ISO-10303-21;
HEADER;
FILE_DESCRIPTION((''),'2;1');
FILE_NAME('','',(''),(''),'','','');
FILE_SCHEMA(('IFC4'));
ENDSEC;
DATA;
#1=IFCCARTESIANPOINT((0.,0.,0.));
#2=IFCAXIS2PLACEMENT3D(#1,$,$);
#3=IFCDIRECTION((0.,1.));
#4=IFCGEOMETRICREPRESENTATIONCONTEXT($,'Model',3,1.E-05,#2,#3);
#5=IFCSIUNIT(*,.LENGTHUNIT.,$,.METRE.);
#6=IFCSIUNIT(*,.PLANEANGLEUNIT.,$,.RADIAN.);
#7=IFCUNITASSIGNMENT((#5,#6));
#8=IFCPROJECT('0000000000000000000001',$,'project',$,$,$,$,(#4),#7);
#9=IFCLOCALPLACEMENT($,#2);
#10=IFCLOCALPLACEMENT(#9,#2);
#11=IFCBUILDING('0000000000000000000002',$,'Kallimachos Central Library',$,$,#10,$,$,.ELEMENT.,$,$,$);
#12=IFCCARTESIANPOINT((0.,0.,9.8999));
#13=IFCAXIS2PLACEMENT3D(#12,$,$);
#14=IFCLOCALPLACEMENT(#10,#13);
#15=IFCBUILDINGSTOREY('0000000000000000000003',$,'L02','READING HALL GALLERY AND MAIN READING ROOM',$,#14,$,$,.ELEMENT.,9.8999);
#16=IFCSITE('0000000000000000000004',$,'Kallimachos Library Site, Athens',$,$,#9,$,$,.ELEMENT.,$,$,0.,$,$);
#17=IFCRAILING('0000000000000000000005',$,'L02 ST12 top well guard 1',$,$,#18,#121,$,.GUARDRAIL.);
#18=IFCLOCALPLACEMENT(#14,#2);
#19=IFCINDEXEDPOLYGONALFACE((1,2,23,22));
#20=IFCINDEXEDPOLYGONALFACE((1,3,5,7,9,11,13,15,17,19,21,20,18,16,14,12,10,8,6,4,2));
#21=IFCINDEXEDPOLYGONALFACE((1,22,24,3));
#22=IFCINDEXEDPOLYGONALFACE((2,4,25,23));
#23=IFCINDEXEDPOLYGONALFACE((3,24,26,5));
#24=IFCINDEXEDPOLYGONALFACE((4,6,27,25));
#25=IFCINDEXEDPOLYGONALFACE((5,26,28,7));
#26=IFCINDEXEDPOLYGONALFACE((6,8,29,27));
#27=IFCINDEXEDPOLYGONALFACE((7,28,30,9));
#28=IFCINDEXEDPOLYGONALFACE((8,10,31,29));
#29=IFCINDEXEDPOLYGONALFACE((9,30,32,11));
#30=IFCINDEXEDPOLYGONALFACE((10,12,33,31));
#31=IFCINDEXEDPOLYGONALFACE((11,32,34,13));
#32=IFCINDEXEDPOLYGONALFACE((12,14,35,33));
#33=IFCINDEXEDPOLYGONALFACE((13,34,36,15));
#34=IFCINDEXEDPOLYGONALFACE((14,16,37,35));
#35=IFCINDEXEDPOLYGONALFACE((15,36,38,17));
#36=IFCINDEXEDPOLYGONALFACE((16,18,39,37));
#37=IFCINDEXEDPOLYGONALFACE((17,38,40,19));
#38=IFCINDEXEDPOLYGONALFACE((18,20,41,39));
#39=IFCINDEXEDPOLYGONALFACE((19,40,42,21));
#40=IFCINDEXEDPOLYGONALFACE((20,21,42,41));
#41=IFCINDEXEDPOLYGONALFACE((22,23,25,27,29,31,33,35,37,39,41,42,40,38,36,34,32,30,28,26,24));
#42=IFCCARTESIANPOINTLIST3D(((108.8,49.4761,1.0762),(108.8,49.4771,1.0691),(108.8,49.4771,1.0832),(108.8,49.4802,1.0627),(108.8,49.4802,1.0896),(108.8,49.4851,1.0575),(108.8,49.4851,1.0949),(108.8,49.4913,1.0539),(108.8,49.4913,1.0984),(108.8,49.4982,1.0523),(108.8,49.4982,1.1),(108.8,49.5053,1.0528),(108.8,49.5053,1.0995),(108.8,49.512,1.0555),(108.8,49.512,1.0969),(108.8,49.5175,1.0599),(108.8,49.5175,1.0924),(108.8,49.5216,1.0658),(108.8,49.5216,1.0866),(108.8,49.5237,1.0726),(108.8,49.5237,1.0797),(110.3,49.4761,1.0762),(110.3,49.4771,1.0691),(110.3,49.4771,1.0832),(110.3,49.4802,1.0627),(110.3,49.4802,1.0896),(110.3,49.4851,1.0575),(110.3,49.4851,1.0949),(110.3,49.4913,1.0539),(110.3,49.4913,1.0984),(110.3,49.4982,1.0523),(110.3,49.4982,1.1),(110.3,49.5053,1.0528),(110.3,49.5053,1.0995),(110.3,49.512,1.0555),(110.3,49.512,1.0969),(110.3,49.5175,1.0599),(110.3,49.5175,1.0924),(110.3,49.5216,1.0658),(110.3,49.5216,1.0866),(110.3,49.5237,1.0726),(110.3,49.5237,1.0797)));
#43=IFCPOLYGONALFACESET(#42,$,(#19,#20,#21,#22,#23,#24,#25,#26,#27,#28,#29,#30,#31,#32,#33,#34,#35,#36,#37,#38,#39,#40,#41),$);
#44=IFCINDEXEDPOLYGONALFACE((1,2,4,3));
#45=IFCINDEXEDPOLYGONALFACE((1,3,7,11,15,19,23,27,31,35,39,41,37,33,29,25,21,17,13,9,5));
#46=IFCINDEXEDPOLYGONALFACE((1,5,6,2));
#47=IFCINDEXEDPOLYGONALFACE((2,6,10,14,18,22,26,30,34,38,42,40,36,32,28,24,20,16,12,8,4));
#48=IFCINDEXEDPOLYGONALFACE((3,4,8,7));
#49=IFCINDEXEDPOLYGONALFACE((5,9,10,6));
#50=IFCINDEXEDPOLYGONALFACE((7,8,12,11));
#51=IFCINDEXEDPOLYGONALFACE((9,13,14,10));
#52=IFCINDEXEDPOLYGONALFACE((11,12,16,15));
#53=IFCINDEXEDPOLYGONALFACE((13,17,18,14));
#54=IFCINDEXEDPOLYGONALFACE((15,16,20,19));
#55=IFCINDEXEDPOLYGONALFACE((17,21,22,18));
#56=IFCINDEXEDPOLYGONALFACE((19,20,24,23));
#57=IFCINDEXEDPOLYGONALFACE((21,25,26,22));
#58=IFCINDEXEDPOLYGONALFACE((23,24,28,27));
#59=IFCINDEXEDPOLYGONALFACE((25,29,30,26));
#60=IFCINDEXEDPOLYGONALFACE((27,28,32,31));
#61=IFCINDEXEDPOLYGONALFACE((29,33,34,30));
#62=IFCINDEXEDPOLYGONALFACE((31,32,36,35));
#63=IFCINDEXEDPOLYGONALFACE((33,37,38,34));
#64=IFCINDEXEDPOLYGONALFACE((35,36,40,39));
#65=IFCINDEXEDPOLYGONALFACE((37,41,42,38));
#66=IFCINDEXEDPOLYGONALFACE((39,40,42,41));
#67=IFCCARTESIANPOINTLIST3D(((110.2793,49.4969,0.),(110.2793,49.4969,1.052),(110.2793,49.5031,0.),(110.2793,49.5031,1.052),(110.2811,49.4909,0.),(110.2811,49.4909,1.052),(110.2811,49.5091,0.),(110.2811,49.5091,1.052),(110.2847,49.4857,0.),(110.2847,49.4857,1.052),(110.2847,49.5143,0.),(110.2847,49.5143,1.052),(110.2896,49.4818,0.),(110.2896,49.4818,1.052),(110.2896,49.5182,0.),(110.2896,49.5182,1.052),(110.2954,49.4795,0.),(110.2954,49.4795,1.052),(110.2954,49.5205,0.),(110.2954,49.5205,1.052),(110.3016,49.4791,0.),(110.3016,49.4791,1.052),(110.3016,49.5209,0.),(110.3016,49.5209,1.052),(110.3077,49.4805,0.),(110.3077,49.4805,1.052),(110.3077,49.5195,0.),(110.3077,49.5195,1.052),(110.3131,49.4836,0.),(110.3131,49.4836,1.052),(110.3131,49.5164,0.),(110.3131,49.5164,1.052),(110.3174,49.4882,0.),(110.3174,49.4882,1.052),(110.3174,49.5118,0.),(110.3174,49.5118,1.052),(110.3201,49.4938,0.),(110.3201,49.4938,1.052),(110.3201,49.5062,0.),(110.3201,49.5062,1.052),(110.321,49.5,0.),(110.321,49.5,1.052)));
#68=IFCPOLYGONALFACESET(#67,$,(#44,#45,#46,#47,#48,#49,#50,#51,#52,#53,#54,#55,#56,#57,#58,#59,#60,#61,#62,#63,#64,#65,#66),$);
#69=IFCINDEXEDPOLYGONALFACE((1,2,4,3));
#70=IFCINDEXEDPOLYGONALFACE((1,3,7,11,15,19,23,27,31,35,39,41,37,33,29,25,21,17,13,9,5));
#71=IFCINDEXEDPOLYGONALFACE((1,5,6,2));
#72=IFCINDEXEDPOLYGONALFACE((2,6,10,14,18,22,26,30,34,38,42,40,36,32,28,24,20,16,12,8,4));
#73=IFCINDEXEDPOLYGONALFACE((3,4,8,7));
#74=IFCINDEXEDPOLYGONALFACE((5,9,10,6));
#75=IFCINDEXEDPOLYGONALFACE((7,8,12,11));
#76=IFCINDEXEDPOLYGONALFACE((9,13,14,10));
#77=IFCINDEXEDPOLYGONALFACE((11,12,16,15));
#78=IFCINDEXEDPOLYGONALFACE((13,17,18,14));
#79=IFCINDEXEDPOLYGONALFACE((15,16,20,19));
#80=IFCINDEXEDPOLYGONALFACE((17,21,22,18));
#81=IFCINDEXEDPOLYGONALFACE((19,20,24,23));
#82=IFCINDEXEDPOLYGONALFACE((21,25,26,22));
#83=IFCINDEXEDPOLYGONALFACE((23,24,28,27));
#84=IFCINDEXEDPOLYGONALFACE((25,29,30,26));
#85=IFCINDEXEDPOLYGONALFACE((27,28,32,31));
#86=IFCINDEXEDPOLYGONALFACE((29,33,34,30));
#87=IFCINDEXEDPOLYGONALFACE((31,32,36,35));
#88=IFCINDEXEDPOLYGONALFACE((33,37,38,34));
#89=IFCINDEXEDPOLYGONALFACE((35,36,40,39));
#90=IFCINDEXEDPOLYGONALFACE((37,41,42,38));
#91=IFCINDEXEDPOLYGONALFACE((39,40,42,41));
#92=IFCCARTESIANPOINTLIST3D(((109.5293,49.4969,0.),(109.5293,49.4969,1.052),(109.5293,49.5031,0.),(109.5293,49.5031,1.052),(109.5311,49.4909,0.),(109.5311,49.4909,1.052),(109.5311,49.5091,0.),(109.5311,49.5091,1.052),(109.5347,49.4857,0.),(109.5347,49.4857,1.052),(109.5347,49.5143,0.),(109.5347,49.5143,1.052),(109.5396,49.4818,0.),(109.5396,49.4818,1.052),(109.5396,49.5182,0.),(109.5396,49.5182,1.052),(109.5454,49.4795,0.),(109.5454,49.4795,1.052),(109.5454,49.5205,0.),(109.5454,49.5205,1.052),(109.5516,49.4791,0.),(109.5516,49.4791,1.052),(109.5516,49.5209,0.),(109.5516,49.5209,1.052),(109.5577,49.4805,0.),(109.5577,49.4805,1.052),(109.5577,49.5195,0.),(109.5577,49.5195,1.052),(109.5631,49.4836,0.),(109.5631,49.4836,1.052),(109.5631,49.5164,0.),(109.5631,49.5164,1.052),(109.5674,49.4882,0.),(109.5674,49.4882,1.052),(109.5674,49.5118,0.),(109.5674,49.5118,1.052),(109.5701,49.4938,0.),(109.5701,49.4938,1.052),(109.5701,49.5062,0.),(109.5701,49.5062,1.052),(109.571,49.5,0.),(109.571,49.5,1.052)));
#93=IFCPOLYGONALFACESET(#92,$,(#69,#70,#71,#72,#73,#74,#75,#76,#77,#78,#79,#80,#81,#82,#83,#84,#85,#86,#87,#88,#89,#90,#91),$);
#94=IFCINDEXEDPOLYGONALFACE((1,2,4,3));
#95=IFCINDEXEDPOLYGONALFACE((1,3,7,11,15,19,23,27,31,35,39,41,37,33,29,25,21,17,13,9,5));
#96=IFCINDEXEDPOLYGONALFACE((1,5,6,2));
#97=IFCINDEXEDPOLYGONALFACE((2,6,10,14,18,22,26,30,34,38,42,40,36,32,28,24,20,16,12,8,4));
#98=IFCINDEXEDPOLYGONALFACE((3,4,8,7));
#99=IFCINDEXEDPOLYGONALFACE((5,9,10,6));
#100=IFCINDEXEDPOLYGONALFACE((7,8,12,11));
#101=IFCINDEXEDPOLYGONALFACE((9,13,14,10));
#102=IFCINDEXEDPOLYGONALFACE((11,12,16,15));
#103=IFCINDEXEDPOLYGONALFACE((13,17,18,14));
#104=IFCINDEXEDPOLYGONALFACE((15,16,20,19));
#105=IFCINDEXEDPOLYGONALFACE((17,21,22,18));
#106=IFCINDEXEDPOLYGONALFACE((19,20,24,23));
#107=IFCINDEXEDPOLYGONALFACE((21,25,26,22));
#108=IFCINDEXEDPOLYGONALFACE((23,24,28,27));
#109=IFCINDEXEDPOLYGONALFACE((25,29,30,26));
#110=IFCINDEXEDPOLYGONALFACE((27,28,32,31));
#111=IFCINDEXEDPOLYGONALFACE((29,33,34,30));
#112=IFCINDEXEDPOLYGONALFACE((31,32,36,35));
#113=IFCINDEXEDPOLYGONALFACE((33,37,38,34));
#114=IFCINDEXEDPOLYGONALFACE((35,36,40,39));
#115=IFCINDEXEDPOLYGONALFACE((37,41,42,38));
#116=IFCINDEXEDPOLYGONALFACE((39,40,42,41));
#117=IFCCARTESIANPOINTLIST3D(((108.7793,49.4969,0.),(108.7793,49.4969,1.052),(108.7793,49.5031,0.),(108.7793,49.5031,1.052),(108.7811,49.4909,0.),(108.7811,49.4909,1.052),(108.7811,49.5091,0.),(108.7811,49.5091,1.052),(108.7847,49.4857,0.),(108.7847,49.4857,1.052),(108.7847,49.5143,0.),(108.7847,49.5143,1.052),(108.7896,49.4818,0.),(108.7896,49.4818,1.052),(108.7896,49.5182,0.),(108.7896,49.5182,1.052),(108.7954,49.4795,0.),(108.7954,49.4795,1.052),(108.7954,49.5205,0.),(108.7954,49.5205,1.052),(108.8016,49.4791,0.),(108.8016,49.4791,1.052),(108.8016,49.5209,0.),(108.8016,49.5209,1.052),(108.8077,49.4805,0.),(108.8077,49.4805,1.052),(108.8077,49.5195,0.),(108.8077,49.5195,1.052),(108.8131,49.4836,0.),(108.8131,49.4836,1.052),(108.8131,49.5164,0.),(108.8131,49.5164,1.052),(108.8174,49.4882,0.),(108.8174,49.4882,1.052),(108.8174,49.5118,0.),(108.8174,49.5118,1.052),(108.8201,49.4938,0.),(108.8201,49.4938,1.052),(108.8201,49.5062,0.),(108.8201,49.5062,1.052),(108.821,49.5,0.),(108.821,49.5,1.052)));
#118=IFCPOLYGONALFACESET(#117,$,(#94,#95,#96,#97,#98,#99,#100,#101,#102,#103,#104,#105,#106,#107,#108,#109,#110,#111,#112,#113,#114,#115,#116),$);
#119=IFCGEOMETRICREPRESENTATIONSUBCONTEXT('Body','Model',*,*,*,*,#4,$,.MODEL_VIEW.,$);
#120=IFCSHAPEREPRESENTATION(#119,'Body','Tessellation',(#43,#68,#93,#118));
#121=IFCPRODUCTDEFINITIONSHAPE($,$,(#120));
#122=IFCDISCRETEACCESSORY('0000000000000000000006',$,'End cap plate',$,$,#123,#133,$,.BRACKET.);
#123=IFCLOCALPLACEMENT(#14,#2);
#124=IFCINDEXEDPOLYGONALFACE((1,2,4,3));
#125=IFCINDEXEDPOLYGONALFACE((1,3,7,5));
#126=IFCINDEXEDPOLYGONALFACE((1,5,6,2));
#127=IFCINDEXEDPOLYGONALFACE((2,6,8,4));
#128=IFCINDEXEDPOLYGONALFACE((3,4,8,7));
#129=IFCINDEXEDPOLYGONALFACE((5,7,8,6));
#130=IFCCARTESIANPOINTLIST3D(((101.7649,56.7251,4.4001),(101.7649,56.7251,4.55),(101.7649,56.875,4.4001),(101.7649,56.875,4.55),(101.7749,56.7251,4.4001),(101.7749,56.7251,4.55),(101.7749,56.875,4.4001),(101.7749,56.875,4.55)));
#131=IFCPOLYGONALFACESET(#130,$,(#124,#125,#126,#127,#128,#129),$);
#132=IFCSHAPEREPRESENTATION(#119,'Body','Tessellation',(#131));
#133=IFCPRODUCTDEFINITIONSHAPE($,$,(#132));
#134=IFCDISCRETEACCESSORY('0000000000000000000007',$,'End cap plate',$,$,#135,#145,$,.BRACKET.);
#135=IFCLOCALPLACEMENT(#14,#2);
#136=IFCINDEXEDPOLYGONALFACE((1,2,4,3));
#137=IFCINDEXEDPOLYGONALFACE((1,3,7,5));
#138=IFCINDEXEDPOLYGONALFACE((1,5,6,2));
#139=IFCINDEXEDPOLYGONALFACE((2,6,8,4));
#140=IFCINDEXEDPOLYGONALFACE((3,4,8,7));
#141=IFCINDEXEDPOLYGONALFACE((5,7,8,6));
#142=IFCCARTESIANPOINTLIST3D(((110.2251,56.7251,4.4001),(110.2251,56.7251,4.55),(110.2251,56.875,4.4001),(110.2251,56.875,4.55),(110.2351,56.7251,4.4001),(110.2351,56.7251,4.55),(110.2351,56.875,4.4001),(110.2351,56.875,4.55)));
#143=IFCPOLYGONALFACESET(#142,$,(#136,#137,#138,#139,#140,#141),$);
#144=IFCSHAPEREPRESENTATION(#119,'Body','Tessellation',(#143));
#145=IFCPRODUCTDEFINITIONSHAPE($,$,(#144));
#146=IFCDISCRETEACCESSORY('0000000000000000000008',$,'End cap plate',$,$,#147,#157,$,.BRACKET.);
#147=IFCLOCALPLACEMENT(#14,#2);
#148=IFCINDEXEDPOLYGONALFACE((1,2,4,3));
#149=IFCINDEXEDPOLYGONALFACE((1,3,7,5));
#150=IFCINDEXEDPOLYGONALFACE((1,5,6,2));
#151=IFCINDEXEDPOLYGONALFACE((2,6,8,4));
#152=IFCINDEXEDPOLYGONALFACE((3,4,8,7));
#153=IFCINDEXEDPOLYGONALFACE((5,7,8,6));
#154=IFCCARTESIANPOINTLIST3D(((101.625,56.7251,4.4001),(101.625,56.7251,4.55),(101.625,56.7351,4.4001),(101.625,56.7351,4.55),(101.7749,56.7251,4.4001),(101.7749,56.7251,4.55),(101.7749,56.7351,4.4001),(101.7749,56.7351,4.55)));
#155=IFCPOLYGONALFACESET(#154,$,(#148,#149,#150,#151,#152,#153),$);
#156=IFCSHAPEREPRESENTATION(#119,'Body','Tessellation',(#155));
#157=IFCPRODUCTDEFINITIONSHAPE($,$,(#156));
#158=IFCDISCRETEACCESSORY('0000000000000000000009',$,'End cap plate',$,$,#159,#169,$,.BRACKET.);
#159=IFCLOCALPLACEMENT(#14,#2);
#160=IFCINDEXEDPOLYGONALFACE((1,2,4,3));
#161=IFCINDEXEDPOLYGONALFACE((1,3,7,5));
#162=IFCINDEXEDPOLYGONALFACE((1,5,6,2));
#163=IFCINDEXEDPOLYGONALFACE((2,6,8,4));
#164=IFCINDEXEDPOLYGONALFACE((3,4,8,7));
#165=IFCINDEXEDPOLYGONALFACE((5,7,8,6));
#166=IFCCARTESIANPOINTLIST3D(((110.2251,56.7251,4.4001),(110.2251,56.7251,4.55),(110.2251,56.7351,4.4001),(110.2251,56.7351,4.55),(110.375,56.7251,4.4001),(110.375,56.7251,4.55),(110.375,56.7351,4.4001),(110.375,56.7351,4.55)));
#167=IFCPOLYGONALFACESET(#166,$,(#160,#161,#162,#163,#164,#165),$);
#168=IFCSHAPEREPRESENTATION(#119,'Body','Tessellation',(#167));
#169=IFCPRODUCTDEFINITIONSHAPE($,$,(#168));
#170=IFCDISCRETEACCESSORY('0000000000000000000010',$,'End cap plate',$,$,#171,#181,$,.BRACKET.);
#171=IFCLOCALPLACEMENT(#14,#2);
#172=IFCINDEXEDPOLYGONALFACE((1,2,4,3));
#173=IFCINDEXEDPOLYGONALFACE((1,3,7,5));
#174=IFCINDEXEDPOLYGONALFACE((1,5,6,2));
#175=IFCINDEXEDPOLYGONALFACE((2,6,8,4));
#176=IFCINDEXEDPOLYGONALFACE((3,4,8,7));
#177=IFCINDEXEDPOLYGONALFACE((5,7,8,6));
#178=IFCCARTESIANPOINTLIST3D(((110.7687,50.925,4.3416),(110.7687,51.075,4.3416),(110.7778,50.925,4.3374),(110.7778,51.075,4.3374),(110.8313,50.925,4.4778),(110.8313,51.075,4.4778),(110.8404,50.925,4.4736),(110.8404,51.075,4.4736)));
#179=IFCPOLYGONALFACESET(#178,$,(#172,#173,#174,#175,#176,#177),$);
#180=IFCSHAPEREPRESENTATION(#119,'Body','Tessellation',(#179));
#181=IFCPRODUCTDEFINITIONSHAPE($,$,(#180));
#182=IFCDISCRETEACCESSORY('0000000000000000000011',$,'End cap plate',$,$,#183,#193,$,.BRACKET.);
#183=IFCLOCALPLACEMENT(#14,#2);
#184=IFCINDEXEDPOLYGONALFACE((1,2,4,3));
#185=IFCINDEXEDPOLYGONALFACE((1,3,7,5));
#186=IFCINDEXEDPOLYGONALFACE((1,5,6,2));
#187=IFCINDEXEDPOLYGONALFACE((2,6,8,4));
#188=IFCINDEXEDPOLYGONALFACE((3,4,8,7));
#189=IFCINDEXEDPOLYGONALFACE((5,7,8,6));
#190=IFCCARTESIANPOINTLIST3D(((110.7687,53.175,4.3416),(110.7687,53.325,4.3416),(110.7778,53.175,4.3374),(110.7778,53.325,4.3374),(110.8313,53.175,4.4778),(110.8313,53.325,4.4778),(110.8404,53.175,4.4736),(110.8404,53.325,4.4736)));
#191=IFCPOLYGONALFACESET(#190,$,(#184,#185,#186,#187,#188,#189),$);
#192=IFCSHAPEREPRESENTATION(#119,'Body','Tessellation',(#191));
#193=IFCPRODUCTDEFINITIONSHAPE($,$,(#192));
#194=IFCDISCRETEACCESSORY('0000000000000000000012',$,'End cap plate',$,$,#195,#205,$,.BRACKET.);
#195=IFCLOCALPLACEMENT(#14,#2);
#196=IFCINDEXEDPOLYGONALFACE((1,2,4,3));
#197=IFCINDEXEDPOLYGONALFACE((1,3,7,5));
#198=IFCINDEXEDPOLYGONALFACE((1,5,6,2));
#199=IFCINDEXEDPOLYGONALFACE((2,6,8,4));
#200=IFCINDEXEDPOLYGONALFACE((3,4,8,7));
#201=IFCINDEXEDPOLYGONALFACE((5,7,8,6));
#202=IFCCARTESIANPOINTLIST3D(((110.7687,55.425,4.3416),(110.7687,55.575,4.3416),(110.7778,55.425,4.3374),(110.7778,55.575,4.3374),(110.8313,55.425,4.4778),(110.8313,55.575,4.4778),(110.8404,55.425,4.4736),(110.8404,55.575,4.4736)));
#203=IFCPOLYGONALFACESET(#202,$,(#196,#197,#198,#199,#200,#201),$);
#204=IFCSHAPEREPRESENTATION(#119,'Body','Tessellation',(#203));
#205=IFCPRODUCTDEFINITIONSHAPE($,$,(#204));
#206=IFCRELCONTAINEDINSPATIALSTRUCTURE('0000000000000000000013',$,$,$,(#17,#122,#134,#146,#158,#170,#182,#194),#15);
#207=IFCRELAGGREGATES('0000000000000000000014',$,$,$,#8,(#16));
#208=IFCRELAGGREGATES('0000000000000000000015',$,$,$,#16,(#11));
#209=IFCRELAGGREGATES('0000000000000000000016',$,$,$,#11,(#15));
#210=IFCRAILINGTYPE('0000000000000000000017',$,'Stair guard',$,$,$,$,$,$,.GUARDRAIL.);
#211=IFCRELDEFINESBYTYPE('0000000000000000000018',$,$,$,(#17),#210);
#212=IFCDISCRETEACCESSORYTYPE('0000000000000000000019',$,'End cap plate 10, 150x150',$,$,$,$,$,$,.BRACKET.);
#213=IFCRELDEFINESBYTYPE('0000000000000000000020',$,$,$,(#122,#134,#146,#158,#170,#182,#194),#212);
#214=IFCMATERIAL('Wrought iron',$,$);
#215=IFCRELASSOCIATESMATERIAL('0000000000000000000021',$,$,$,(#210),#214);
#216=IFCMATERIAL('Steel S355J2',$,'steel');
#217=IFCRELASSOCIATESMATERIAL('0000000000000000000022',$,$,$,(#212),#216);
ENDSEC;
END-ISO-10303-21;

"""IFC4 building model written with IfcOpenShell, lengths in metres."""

from ifc_helpers import new_model, si_unit, direction, frame, origin, origin_2d, place, context, subcontext, project, spatial, rectangle, circle, extrude, material, material_profile, profile_set, type_object, element, save


model = new_model("IFC4")

# Units and contexts
model_context = context("Model", 3, precision=1e-05, world=origin(), true_north=direction((0.0, 1.0)))
body_context = subcontext(model_context, "Body", "Model", "MODEL_VIEW")
ifc_project = project(units=[si_unit("LENGTHUNIT", "METRE"), si_unit("PLANEANGLEUNIT", "RADIAN")], contexts=[model_context])

# Site, building, storey
site_placement = place(None, origin())
site = spatial("IfcSite", under=ifc_project, at=site_placement, Name="Kallimachos Library Site, Athens", CompositionType="ELEMENT", RefElevation=0.0)
building_placement = place(site_placement, origin())
building = spatial("IfcBuilding", under=site, at=building_placement, Name="Kallimachos Central Library", CompositionType="ELEMENT")
storey_placement = place(building_placement, frame((0.0, 0.0, 9.8999)))
storey = spatial("IfcBuildingStorey", under=building, at=storey_placement, Name="L02", Description="READING HALL GALLERY AND MAIN READING ROOM", CompositionType="ELEMENT", Elevation=9.8999)

# Railing
ifc_material_1 = material(Name="Wrought iron")
railing_type = type_object("IfcRailingType", Name="Stair guard", PredefinedType="GUARDRAIL", material=ifc_material_1)
railing_placement = place(storey_placement, frame((110.3, 49.5, 0.0)))
element("IfcRailing", 1, at=railing_placement, inside=storey, type_object=railing_type, Name="L02 ST12 top well guard 1", PredefinedType="GUARDRAIL", context=body_context, shape_type="SweptSolid", body=[
    extrude(circle(Radius=0.0239, at=origin_2d()), frame((0.0, 0.0, 1.0762), z_axis=(-1.0, 0.0, 0.0), x_axis=(0.0, -1.0, 0.0)), (0.0, 0.0, 1.0), 1.5),
    extrude(circle(Radius=0.021, at=origin_2d()), origin(), (0.0, 0.0, 1.0), 1.052),
    extrude(circle(Radius=0.021, at=origin_2d()), frame((-0.75, 0.0, 0.0)), (0.0, 0.0, 1.0), 1.052),
    extrude(circle(Radius=0.021, at=origin_2d()), frame((-1.5, 0.0, 0.0)), (0.0, 0.0, 1.0), 1.052),
])

# Discrete accessories
ifc_material_2 = material(Name="Steel S355J2", Category="steel")
ifc_material_profile_1 = material_profile(ifc_material_2, rectangle(XDim=0.1499, YDim=0.1499, at=origin_2d()), Name="End cap plate 10, 150x150")
ifc_profile_set_1 = profile_set([ifc_material_profile_1], Name="Steel S355J2")
discrete_accessory_type = type_object("IfcDiscreteAccessoryType", Name="End cap plate 10, 150x150", PredefinedType="BRACKET", material=ifc_profile_set_1)
for number, where, z_axis, x_axis, name in (
    (2, (101.7649, 56.8, 4.4751), (1.0, 0.0, 0.0), (0.0, 1.0, 0.0), "End cap plate"),
    (3, (110.2251, 56.8, 4.4751), (1.0, 0.0, 0.0), (0.0, 1.0, 0.0), "End cap plate"),
    (4, (101.7, 56.7251, 4.4751), (0.0, 1.0, 0.0), (-1.0, 0.0, 0.0), "End cap plate"),
    (5, (110.3, 56.7251, 4.4751), (0.0, 1.0, 0.0), (-1.0, 0.0, 0.0), "End cap plate"),
    (6, (110.8091, 51.0, 4.4055), (-0.908677, 0.0, 0.4175), (0.0, -1.0, 0.0), "End cap plate"),
    (7, (110.8091, 53.25, 4.4055), (-0.908677, 0.0, 0.4175), (0.0, -1.0, 0.0), "End cap plate"),
    (8, (110.8091, 55.5, 4.4055), (-0.908677, 0.0, 0.4175), (0.0, -1.0, 0.0), "End cap plate"),
):
    element("IfcDiscreteAccessory", number, at=place(storey_placement, frame(where, z_axis=z_axis, x_axis=x_axis)), inside=storey, type_object=discrete_accessory_type, Name=name, PredefinedType="BRACKET", context=body_context, shape_type="SweptSolid", body=[
        extrude(rectangle(XDim=0.1499, YDim=0.1499, at=origin_2d()), origin(), (0.0, 0.0, 1.0), 0.01),
    ])

save(model, "model.ifc")
